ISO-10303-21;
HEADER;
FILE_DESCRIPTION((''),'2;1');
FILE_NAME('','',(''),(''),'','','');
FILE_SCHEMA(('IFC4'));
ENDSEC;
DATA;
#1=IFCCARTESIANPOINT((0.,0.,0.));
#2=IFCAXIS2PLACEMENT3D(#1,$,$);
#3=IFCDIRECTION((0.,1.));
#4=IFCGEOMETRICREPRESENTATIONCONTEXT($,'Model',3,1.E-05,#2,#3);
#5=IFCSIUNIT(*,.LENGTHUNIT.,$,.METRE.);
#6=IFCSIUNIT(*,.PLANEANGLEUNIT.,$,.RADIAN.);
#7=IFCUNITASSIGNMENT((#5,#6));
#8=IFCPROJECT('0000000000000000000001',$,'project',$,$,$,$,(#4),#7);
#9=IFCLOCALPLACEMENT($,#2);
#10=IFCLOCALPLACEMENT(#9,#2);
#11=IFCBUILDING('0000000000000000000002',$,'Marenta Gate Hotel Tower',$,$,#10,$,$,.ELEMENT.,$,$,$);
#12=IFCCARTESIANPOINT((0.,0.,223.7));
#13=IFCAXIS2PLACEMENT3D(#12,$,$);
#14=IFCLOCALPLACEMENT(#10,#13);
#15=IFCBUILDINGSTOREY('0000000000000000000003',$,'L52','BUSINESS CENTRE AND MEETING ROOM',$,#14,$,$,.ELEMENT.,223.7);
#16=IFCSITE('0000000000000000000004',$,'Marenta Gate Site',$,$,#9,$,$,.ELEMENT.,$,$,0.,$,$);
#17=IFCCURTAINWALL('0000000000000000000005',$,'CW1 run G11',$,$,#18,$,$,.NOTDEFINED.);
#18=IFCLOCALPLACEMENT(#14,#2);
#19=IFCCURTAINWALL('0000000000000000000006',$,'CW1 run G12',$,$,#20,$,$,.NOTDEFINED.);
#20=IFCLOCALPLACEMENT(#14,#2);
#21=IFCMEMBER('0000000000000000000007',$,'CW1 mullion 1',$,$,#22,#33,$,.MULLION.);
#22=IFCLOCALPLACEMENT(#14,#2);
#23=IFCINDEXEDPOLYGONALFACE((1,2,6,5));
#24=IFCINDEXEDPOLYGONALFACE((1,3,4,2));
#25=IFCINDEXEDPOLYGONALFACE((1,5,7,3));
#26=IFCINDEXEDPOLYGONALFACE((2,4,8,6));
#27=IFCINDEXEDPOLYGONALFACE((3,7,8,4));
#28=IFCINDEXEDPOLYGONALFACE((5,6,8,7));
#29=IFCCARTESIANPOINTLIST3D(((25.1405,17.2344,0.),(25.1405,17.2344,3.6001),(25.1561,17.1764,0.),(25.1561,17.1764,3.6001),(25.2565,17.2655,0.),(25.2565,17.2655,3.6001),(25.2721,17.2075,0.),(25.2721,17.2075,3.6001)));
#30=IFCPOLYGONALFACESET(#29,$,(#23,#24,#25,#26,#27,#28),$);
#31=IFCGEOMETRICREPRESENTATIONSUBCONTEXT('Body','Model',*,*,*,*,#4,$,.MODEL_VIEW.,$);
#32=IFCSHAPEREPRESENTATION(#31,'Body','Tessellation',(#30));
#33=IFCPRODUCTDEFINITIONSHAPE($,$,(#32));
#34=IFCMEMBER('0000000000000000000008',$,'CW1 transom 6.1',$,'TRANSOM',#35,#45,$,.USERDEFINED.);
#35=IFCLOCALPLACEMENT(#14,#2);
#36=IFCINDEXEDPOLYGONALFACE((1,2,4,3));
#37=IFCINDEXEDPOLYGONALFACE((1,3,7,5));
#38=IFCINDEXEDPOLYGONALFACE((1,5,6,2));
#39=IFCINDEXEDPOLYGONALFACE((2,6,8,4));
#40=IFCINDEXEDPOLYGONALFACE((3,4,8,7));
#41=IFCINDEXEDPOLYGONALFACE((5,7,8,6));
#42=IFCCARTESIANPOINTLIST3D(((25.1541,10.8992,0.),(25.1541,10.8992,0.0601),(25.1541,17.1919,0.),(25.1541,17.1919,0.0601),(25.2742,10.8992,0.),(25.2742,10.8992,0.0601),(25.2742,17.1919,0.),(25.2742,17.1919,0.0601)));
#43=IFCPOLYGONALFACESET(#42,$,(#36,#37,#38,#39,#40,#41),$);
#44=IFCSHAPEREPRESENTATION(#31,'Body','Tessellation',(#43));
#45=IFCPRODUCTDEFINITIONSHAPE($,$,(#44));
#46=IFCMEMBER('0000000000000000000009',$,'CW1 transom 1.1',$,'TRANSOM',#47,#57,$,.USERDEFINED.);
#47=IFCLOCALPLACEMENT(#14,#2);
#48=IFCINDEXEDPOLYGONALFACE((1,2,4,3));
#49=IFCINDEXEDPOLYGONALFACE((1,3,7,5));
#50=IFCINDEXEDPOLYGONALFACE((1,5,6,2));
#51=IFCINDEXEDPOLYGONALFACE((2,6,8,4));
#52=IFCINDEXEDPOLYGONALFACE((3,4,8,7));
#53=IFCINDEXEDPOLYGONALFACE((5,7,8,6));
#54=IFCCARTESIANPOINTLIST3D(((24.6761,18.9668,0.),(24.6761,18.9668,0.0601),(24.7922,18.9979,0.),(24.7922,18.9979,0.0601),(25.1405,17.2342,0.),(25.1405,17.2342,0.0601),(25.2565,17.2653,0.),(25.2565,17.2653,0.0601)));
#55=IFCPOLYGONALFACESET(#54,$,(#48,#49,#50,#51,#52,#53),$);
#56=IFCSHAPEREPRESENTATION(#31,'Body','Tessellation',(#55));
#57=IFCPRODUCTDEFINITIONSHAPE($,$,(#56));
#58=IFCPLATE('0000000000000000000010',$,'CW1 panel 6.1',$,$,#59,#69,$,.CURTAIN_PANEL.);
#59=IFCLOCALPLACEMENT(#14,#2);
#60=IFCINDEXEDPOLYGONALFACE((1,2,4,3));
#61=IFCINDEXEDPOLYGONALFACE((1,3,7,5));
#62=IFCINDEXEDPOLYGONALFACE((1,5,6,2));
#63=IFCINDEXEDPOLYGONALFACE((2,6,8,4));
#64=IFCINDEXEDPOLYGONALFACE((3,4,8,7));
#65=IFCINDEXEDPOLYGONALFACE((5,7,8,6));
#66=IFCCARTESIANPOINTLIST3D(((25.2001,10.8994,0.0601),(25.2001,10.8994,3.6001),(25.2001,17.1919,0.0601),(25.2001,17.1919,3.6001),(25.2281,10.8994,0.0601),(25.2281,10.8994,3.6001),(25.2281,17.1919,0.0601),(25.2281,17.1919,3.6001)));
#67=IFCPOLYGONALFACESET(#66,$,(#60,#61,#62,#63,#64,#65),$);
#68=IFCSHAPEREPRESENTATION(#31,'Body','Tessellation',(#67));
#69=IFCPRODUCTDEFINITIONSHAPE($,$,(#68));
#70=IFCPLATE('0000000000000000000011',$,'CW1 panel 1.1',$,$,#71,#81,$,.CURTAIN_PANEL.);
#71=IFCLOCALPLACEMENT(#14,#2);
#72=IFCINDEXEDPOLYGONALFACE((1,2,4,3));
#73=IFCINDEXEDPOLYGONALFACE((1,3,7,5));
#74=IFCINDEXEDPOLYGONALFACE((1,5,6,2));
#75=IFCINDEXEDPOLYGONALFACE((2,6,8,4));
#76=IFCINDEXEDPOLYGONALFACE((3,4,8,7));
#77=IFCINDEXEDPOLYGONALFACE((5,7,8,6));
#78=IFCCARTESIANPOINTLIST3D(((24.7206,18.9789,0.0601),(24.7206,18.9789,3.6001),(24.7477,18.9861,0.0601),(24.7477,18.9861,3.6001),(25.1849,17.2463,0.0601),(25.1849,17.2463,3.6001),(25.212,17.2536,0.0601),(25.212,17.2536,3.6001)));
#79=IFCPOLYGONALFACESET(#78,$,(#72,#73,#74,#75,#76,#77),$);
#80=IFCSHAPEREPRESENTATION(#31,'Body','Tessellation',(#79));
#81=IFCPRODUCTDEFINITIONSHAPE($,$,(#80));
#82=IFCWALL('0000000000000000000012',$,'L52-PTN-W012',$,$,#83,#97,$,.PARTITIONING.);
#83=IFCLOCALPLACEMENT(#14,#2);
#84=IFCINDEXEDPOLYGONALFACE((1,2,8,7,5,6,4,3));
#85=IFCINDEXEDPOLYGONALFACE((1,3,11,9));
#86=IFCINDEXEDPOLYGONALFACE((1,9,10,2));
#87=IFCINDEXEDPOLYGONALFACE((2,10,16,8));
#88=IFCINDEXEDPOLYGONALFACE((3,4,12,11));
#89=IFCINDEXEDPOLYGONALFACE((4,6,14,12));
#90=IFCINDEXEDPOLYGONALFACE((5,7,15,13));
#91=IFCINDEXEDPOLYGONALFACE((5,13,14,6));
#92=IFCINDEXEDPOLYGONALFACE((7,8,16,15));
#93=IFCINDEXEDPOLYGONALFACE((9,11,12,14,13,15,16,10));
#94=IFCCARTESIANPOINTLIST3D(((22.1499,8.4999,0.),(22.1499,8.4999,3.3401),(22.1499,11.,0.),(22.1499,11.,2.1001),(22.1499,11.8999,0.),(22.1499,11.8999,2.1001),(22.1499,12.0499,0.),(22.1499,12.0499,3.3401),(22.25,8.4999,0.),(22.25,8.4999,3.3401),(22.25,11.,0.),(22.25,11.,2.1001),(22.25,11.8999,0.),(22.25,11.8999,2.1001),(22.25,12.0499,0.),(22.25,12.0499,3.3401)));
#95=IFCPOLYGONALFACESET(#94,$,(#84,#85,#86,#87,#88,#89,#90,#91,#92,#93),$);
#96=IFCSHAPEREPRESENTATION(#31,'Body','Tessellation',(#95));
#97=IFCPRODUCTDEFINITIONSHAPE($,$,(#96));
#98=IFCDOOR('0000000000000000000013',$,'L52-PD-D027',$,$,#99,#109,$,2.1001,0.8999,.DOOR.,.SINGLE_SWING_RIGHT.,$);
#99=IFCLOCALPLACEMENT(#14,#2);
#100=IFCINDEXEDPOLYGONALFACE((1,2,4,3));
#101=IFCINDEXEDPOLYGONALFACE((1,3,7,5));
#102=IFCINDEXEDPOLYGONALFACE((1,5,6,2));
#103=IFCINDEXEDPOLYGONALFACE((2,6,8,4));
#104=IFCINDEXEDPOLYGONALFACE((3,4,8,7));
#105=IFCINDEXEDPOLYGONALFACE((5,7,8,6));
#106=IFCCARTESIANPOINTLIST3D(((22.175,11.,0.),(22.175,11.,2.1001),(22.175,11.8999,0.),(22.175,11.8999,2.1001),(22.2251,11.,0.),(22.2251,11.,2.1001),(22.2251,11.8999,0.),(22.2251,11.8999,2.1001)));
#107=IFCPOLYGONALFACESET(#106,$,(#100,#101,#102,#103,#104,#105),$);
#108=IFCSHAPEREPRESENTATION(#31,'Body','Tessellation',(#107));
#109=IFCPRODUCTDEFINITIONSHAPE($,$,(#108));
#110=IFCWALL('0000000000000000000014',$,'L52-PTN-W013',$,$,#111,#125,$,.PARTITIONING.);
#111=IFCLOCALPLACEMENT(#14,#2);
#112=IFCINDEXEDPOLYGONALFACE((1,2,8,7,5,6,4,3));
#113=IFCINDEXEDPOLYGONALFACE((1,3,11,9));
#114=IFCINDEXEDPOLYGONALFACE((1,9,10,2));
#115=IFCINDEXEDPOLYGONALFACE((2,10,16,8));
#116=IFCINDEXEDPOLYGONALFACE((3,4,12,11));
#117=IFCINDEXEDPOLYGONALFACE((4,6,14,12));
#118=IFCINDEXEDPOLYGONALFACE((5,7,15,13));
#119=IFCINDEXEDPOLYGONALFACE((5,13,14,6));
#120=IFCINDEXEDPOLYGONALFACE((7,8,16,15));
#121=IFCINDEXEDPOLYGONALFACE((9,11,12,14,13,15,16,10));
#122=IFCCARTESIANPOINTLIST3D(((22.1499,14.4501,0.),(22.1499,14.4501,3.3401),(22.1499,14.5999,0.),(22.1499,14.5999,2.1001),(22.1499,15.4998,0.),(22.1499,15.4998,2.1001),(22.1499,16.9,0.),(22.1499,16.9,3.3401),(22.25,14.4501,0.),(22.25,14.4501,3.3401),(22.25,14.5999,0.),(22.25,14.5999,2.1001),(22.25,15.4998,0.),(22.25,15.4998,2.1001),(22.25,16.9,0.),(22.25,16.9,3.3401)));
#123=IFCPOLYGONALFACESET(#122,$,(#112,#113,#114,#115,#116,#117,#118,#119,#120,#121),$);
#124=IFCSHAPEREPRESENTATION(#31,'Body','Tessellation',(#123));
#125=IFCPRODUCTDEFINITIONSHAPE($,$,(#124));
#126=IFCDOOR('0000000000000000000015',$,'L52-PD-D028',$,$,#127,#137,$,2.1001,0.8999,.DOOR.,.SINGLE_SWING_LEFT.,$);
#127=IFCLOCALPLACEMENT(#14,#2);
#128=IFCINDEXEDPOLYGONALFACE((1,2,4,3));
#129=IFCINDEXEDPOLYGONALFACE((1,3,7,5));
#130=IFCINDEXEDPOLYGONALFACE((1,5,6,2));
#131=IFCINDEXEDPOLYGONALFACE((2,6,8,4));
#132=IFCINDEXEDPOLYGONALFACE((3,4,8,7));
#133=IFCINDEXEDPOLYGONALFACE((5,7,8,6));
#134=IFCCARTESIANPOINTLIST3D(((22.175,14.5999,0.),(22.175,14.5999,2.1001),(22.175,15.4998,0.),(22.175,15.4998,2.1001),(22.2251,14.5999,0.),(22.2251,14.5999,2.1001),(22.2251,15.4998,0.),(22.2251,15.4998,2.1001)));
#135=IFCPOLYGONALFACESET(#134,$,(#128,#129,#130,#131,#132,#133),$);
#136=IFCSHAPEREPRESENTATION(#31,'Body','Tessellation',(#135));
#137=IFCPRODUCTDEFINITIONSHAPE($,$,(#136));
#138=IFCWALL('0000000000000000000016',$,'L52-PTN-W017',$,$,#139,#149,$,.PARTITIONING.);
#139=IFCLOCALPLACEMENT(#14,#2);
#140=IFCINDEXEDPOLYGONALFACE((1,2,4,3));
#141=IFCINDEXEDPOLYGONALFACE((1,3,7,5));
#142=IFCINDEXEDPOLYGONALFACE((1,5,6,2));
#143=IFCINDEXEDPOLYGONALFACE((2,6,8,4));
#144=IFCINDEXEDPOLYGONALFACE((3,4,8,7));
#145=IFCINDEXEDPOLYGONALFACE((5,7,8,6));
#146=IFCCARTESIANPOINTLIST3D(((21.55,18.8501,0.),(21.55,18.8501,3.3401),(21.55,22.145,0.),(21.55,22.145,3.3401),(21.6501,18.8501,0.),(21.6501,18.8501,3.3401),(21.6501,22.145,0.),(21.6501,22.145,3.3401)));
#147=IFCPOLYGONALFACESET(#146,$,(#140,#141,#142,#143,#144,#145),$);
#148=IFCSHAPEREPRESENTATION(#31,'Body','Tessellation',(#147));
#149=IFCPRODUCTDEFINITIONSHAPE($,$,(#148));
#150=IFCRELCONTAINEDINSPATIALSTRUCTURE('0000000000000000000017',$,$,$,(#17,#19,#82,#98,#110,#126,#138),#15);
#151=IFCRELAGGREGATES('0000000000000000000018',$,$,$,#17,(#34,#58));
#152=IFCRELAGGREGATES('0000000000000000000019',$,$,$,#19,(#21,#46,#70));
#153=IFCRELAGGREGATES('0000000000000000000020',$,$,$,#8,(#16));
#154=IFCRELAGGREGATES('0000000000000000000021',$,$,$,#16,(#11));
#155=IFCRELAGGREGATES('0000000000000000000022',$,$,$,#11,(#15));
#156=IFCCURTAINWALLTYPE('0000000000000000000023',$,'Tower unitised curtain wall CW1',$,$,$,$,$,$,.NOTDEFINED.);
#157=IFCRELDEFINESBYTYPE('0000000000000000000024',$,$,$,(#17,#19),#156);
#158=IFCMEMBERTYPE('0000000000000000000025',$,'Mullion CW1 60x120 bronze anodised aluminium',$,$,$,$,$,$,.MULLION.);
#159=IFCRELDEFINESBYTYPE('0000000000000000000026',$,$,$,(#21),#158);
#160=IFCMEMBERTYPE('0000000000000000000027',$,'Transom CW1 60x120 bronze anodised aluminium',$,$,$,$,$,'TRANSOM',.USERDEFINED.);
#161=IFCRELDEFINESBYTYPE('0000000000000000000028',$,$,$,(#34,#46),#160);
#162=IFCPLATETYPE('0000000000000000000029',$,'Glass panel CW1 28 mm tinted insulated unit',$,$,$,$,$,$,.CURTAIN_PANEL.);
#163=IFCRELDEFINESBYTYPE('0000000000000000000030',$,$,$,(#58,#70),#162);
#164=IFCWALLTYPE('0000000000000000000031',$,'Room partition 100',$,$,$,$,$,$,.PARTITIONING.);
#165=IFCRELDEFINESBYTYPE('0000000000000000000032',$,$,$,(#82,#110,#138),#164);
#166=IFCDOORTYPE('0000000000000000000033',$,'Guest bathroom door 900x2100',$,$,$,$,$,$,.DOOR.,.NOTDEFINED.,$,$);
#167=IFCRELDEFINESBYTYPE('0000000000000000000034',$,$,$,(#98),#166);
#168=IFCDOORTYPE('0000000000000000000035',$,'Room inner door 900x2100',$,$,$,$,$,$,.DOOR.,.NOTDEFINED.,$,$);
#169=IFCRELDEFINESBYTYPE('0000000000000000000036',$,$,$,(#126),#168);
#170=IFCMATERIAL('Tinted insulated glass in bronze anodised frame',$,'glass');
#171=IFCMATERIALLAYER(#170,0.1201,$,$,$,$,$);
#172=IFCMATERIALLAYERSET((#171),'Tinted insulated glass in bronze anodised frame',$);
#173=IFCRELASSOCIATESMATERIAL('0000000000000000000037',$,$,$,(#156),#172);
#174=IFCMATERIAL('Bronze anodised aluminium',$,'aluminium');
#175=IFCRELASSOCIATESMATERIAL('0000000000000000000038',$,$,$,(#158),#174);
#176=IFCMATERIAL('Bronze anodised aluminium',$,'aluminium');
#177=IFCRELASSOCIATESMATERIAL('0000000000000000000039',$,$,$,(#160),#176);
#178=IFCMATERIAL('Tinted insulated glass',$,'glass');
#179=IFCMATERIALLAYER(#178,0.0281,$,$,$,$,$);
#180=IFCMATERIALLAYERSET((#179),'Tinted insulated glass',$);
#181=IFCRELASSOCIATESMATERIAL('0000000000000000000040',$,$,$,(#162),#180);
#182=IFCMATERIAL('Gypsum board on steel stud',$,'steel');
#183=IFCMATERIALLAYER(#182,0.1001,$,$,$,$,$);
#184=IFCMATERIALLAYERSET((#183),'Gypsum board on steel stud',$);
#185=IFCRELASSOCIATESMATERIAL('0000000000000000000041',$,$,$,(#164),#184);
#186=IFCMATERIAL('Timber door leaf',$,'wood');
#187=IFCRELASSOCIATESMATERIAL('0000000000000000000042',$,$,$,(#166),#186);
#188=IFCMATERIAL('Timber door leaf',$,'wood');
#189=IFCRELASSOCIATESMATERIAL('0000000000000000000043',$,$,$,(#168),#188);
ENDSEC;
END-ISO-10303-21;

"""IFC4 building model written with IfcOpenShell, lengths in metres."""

from ifc_helpers import new_model, si_unit, direction, frame, frame_2d, origin, origin_2d, place, context, subcontext, project, spatial, rectangle, extrude, material, layer, layer_set, material_profile, profile_set, type_object, element, fill, aggregate, save


model = new_model("IFC4")

# Units and contexts
model_context = context("Model", 3, precision=1e-05, world=origin(), true_north=direction((0.0, 1.0)))
body_context = subcontext(model_context, "Body", "Model", "MODEL_VIEW")
ifc_project = project(units=[si_unit("LENGTHUNIT", "METRE"), si_unit("PLANEANGLEUNIT", "RADIAN")], contexts=[model_context])

# Site, building, storey
site_placement = place(None, origin())
site = spatial("IfcSite", under=ifc_project, at=site_placement, Name="Marenta Gate Site", CompositionType="ELEMENT", RefElevation=0.0)
building_placement = place(site_placement, origin())
building = spatial("IfcBuilding", under=site, at=building_placement, Name="Marenta Gate Hotel Tower", CompositionType="ELEMENT")
storey_placement = place(building_placement, frame((0.0, 0.0, 223.7)))
storey = spatial("IfcBuildingStorey", under=building, at=storey_placement, Name="L52", Description="BUSINESS CENTRE AND MEETING ROOM", CompositionType="ELEMENT", Elevation=223.7)

# Curtain walls, member
ifc_material_1 = material(Name="Tinted insulated glass in bronze anodised frame", Category="glass")
ifc_layer_1 = layer(ifc_material_1, 0.1201)
ifc_layer_set_1 = layer_set([ifc_layer_1], Name="Tinted insulated glass in bronze anodised frame")
curtain_wall_type = type_object("IfcCurtainWallType", Name="Tower unitised curtain wall CW1", PredefinedType="NOTDEFINED", material=ifc_layer_set_1)
curtain_wall_1_placement = place(storey_placement, origin())
curtain_wall_1 = element("IfcCurtainWall", 1, at=curtain_wall_1_placement, inside=storey, type_object=curtain_wall_type, Name="CW1 run G11", PredefinedType="NOTDEFINED")
ifc_material_2 = material(Name="Bronze anodised aluminium", Category="aluminium")
ifc_material_profile_1 = material_profile(ifc_material_2, rectangle(XDim=0.1201, YDim=0.0601, at=origin_2d()), Name="Mullion CW1 60x120 bronze anodised aluminium")
ifc_profile_set_1 = profile_set([ifc_material_profile_1], Name="Bronze anodised aluminium")
member_type_1 = type_object("IfcMemberType", Name="Mullion CW1 60x120 bronze anodised aluminium", PredefinedType="MULLION", material=ifc_profile_set_1)
curtain_wall_2_placement = place(storey_placement, origin())
curtain_wall_2 = element("IfcCurtainWall", 2, at=curtain_wall_2_placement, inside=storey, type_object=curtain_wall_type, Name="CW1 run G12", PredefinedType="NOTDEFINED")
member_1_placement = place(storey_placement, frame((25.2063, 17.2209, 0.0), z_axis=(0.0, 0.0, 1.0), x_axis=(-0.965924, -0.258824, 0.0)))
member_1 = element("IfcMember", 3, at=member_1_placement, type_object=member_type_1, Name="CW1 mullion 1", PredefinedType="MULLION", context=body_context, shape_type="SweptSolid", body=[
    extrude(rectangle(XDim=0.1201, YDim=0.0601, at=origin_2d()), origin(), (0.0, 0.0, 1.0), 3.6001),
])

# Members
ifc_material_3 = material(Name="Bronze anodised aluminium", Category="aluminium")
ifc_material_profile_2 = material_profile(ifc_material_3, rectangle(XDim=0.1201, YDim=0.0601, at=origin_2d()), Name="Transom CW1 60x120 bronze anodised aluminium")
ifc_profile_set_2 = profile_set([ifc_material_profile_2], Name="Bronze anodised aluminium")
member_type_2 = type_object("IfcMemberType", Name="Transom CW1 60x120 bronze anodised aluminium", ElementType="TRANSOM", PredefinedType="USERDEFINED", material=ifc_profile_set_2)
member_2_placement = place(storey_placement, frame((25.2141, 10.8992, 0.03), z_axis=(0.0, 1.0, 0.0), x_axis=(-1.0, 0.0, 0.0)))
member_2 = element("IfcMember", 4, at=member_2_placement, type_object=member_type_2, Name="CW1 transom 6.1", ObjectType="TRANSOM", PredefinedType="USERDEFINED", context=body_context, shape_type="SweptSolid", body=[
    extrude(rectangle(XDim=0.1201, YDim=0.0601, at=origin_2d()), origin(), (0.0, 0.0, 1.0), 6.2927),
])
member_3_placement = place(storey_placement, frame((25.1985, 17.2498, 0.03), z_axis=(-0.258865, 0.965913, 0.0), x_axis=(-0.965913, -0.258865, 0.0)))
member_3 = element("IfcMember", 5, at=member_3_placement, type_object=member_type_2, Name="CW1 transom 1.1", ObjectType="TRANSOM", PredefinedType="USERDEFINED", context=body_context, shape_type="SweptSolid", body=[
    extrude(rectangle(XDim=0.1201, YDim=0.0601, at=origin_2d()), origin(), (0.0, 0.0, 1.0), 1.7937),
])

# Plates
ifc_material_4 = material(Name="Tinted insulated glass", Category="glass")
ifc_layer_2 = layer(ifc_material_4, 0.0281)
ifc_layer_set_2 = layer_set([ifc_layer_2], Name="Tinted insulated glass")
plate_type = type_object("IfcPlateType", Name="Glass panel CW1 28 mm tinted insulated unit", PredefinedType="CURTAIN_PANEL", material=ifc_layer_set_2)
plate_1_placement = place(storey_placement, frame((25.2141, 14.0457, 0.0601), z_axis=(0.0, 0.0, 1.0), x_axis=(0.0, 1.0, 0.0)))
plate_1 = element("IfcPlate", 6, at=plate_1_placement, type_object=plate_type, Name="CW1 panel 6.1", PredefinedType="CURTAIN_PANEL", context=body_context, shape_type="SweptSolid", body=[
    extrude(rectangle(XDim=6.2925, YDim=0.0281, at=origin_2d()), origin(), (0.0, 0.0, 1.0), 3.54),
])
aggregate(curtain_wall_1, [member_2, plate_1])
plate_2_placement = place(storey_placement, frame((24.9663, 18.1162, 0.0601), z_axis=(0.0, 0.0, 1.0), x_axis=(-0.258824, 0.965924, 0.0)))
plate_2 = element("IfcPlate", 7, at=plate_2_placement, type_object=plate_type, Name="CW1 panel 1.1", PredefinedType="CURTAIN_PANEL", context=body_context, shape_type="SweptSolid", body=[
    extrude(rectangle(XDim=1.7937, YDim=0.0281, at=origin_2d()), origin(), (0.0, 0.0, 1.0), 3.54),
])
aggregate(curtain_wall_2, [member_1, member_3, plate_2])

# Walls, openings, doors
ifc_material_5 = material(Name="Gypsum board on steel stud", Category="steel")
ifc_layer_3 = layer(ifc_material_5, 0.1001)
ifc_layer_set_3 = layer_set([ifc_layer_3], Name="Gypsum board on steel stud")
wall_type = type_object("IfcWallType", Name="Room partition 100", PredefinedType="PARTITIONING", material=ifc_layer_set_3)
wall_1_placement = place(storey_placement, frame((22.2, 8.5, 0.0), z_axis=(0.0, 0.0, 1.0), x_axis=(0.0, 1.0, 0.0)))
wall_1 = element("IfcWall", 8, at=wall_1_placement, inside=storey, type_object=wall_type, Name="L52-PTN-W012", PredefinedType="PARTITIONING", context=body_context, shape_type="SweptSolid", body=[
    extrude(rectangle(XDim=3.55, YDim=0.1001, at=frame_2d((1.7749, 0.0))), origin(), (0.0, 0.0, 1.0), 3.3401),
])
opening_1_placement = place(wall_1_placement, frame((2.5, 0.0, 0.0)))
opening_1 = element("IfcOpeningElement", 9, at=opening_1_placement, cuts=wall_1, PredefinedType="OPENING", context=body_context, shape_type="SweptSolid", body=[
    extrude(rectangle(XDim=0.8999, YDim=2.1001, at=frame_2d((0.45, 1.05))), frame((0.0, 0.05, 0.0), z_axis=(0.0, -1.0, 0.0), x_axis=(1.0, 0.0, 0.0)), (0.0, 0.0, 1.0), 0.1001),
])
ifc_material_6 = material(Name="Timber door leaf", Category="wood")
door_type_1 = type_object("IfcDoorType", Name="Guest bathroom door 900x2100", OperationType="NOTDEFINED", PredefinedType="DOOR", material=ifc_material_6)
door_1_placement = place(opening_1_placement, origin())
door_1 = element("IfcDoor", 10, at=door_1_placement, inside=storey, type_object=door_type_1, Name="L52-PD-D027", OperationType="SINGLE_SWING_RIGHT", OverallHeight=2.1001, OverallWidth=0.8999, PredefinedType="DOOR", context=body_context, shape_type="SweptSolid", body=[
    extrude(rectangle(XDim=0.8999, YDim=2.1001, at=frame_2d((0.45, 1.05))), frame((0.0, 0.0249, 0.0), z_axis=(0.0, -1.0, 0.0), x_axis=(1.0, 0.0, 0.0)), (0.0, 0.0, 1.0), 0.05),
])
fill(opening_1, door_1)
wall_2_placement = place(storey_placement, frame((22.2, 14.45, 0.0), z_axis=(0.0, 0.0, 1.0), x_axis=(0.0, 1.0, 0.0)))
wall_2 = element("IfcWall", 11, at=wall_2_placement, inside=storey, type_object=wall_type, Name="L52-PTN-W013", PredefinedType="PARTITIONING", context=body_context, shape_type="SweptSolid", body=[
    extrude(rectangle(XDim=2.45, YDim=0.1001, at=frame_2d((1.2251, 0.0))), origin(), (0.0, 0.0, 1.0), 3.3401),
])
opening_2_placement = place(wall_2_placement, frame((0.1499, 0.0, 0.0)))
opening_2 = element("IfcOpeningElement", 12, at=opening_2_placement, cuts=wall_2, PredefinedType="OPENING", context=body_context, shape_type="SweptSolid", body=[
    extrude(rectangle(XDim=0.8999, YDim=2.1001, at=frame_2d((0.45, 1.05))), frame((0.0, 0.05, 0.0), z_axis=(0.0, -1.0, 0.0), x_axis=(1.0, 0.0, 0.0)), (0.0, 0.0, 1.0), 0.1001),
])
ifc_material_7 = material(Name="Timber door leaf", Category="wood")
door_type_2 = type_object("IfcDoorType", Name="Room inner door 900x2100", OperationType="NOTDEFINED", PredefinedType="DOOR", material=ifc_material_7)
door_2_placement = place(opening_2_placement, origin())
door_2 = element("IfcDoor", 13, at=door_2_placement, inside=storey, type_object=door_type_2, Name="L52-PD-D028", OperationType="SINGLE_SWING_LEFT", OverallHeight=2.1001, OverallWidth=0.8999, PredefinedType="DOOR", context=body_context, shape_type="SweptSolid", body=[
    extrude(rectangle(XDim=0.8999, YDim=2.1001, at=frame_2d((0.45, 1.05))), frame((0.0, 0.0249, 0.0), z_axis=(0.0, -1.0, 0.0), x_axis=(1.0, 0.0, 0.0)), (0.0, 0.0, 1.0), 0.05),
])
fill(opening_2, door_2)

# Wall
wall_3_placement = place(storey_placement, frame((21.6001, 18.8501, 0.0), z_axis=(0.0, 0.0, 1.0), x_axis=(0.0, 1.0, 0.0)))
element("IfcWall", 14, at=wall_3_placement, inside=storey, type_object=wall_type, Name="L52-PTN-W017", PredefinedType="PARTITIONING", context=body_context, shape_type="SweptSolid", body=[
    extrude(rectangle(XDim=3.2949, YDim=0.1001, at=frame_2d((1.6475, 0.0))), origin(), (0.0, 0.0, 1.0), 3.3401),
])

save(model, "model.ifc")
